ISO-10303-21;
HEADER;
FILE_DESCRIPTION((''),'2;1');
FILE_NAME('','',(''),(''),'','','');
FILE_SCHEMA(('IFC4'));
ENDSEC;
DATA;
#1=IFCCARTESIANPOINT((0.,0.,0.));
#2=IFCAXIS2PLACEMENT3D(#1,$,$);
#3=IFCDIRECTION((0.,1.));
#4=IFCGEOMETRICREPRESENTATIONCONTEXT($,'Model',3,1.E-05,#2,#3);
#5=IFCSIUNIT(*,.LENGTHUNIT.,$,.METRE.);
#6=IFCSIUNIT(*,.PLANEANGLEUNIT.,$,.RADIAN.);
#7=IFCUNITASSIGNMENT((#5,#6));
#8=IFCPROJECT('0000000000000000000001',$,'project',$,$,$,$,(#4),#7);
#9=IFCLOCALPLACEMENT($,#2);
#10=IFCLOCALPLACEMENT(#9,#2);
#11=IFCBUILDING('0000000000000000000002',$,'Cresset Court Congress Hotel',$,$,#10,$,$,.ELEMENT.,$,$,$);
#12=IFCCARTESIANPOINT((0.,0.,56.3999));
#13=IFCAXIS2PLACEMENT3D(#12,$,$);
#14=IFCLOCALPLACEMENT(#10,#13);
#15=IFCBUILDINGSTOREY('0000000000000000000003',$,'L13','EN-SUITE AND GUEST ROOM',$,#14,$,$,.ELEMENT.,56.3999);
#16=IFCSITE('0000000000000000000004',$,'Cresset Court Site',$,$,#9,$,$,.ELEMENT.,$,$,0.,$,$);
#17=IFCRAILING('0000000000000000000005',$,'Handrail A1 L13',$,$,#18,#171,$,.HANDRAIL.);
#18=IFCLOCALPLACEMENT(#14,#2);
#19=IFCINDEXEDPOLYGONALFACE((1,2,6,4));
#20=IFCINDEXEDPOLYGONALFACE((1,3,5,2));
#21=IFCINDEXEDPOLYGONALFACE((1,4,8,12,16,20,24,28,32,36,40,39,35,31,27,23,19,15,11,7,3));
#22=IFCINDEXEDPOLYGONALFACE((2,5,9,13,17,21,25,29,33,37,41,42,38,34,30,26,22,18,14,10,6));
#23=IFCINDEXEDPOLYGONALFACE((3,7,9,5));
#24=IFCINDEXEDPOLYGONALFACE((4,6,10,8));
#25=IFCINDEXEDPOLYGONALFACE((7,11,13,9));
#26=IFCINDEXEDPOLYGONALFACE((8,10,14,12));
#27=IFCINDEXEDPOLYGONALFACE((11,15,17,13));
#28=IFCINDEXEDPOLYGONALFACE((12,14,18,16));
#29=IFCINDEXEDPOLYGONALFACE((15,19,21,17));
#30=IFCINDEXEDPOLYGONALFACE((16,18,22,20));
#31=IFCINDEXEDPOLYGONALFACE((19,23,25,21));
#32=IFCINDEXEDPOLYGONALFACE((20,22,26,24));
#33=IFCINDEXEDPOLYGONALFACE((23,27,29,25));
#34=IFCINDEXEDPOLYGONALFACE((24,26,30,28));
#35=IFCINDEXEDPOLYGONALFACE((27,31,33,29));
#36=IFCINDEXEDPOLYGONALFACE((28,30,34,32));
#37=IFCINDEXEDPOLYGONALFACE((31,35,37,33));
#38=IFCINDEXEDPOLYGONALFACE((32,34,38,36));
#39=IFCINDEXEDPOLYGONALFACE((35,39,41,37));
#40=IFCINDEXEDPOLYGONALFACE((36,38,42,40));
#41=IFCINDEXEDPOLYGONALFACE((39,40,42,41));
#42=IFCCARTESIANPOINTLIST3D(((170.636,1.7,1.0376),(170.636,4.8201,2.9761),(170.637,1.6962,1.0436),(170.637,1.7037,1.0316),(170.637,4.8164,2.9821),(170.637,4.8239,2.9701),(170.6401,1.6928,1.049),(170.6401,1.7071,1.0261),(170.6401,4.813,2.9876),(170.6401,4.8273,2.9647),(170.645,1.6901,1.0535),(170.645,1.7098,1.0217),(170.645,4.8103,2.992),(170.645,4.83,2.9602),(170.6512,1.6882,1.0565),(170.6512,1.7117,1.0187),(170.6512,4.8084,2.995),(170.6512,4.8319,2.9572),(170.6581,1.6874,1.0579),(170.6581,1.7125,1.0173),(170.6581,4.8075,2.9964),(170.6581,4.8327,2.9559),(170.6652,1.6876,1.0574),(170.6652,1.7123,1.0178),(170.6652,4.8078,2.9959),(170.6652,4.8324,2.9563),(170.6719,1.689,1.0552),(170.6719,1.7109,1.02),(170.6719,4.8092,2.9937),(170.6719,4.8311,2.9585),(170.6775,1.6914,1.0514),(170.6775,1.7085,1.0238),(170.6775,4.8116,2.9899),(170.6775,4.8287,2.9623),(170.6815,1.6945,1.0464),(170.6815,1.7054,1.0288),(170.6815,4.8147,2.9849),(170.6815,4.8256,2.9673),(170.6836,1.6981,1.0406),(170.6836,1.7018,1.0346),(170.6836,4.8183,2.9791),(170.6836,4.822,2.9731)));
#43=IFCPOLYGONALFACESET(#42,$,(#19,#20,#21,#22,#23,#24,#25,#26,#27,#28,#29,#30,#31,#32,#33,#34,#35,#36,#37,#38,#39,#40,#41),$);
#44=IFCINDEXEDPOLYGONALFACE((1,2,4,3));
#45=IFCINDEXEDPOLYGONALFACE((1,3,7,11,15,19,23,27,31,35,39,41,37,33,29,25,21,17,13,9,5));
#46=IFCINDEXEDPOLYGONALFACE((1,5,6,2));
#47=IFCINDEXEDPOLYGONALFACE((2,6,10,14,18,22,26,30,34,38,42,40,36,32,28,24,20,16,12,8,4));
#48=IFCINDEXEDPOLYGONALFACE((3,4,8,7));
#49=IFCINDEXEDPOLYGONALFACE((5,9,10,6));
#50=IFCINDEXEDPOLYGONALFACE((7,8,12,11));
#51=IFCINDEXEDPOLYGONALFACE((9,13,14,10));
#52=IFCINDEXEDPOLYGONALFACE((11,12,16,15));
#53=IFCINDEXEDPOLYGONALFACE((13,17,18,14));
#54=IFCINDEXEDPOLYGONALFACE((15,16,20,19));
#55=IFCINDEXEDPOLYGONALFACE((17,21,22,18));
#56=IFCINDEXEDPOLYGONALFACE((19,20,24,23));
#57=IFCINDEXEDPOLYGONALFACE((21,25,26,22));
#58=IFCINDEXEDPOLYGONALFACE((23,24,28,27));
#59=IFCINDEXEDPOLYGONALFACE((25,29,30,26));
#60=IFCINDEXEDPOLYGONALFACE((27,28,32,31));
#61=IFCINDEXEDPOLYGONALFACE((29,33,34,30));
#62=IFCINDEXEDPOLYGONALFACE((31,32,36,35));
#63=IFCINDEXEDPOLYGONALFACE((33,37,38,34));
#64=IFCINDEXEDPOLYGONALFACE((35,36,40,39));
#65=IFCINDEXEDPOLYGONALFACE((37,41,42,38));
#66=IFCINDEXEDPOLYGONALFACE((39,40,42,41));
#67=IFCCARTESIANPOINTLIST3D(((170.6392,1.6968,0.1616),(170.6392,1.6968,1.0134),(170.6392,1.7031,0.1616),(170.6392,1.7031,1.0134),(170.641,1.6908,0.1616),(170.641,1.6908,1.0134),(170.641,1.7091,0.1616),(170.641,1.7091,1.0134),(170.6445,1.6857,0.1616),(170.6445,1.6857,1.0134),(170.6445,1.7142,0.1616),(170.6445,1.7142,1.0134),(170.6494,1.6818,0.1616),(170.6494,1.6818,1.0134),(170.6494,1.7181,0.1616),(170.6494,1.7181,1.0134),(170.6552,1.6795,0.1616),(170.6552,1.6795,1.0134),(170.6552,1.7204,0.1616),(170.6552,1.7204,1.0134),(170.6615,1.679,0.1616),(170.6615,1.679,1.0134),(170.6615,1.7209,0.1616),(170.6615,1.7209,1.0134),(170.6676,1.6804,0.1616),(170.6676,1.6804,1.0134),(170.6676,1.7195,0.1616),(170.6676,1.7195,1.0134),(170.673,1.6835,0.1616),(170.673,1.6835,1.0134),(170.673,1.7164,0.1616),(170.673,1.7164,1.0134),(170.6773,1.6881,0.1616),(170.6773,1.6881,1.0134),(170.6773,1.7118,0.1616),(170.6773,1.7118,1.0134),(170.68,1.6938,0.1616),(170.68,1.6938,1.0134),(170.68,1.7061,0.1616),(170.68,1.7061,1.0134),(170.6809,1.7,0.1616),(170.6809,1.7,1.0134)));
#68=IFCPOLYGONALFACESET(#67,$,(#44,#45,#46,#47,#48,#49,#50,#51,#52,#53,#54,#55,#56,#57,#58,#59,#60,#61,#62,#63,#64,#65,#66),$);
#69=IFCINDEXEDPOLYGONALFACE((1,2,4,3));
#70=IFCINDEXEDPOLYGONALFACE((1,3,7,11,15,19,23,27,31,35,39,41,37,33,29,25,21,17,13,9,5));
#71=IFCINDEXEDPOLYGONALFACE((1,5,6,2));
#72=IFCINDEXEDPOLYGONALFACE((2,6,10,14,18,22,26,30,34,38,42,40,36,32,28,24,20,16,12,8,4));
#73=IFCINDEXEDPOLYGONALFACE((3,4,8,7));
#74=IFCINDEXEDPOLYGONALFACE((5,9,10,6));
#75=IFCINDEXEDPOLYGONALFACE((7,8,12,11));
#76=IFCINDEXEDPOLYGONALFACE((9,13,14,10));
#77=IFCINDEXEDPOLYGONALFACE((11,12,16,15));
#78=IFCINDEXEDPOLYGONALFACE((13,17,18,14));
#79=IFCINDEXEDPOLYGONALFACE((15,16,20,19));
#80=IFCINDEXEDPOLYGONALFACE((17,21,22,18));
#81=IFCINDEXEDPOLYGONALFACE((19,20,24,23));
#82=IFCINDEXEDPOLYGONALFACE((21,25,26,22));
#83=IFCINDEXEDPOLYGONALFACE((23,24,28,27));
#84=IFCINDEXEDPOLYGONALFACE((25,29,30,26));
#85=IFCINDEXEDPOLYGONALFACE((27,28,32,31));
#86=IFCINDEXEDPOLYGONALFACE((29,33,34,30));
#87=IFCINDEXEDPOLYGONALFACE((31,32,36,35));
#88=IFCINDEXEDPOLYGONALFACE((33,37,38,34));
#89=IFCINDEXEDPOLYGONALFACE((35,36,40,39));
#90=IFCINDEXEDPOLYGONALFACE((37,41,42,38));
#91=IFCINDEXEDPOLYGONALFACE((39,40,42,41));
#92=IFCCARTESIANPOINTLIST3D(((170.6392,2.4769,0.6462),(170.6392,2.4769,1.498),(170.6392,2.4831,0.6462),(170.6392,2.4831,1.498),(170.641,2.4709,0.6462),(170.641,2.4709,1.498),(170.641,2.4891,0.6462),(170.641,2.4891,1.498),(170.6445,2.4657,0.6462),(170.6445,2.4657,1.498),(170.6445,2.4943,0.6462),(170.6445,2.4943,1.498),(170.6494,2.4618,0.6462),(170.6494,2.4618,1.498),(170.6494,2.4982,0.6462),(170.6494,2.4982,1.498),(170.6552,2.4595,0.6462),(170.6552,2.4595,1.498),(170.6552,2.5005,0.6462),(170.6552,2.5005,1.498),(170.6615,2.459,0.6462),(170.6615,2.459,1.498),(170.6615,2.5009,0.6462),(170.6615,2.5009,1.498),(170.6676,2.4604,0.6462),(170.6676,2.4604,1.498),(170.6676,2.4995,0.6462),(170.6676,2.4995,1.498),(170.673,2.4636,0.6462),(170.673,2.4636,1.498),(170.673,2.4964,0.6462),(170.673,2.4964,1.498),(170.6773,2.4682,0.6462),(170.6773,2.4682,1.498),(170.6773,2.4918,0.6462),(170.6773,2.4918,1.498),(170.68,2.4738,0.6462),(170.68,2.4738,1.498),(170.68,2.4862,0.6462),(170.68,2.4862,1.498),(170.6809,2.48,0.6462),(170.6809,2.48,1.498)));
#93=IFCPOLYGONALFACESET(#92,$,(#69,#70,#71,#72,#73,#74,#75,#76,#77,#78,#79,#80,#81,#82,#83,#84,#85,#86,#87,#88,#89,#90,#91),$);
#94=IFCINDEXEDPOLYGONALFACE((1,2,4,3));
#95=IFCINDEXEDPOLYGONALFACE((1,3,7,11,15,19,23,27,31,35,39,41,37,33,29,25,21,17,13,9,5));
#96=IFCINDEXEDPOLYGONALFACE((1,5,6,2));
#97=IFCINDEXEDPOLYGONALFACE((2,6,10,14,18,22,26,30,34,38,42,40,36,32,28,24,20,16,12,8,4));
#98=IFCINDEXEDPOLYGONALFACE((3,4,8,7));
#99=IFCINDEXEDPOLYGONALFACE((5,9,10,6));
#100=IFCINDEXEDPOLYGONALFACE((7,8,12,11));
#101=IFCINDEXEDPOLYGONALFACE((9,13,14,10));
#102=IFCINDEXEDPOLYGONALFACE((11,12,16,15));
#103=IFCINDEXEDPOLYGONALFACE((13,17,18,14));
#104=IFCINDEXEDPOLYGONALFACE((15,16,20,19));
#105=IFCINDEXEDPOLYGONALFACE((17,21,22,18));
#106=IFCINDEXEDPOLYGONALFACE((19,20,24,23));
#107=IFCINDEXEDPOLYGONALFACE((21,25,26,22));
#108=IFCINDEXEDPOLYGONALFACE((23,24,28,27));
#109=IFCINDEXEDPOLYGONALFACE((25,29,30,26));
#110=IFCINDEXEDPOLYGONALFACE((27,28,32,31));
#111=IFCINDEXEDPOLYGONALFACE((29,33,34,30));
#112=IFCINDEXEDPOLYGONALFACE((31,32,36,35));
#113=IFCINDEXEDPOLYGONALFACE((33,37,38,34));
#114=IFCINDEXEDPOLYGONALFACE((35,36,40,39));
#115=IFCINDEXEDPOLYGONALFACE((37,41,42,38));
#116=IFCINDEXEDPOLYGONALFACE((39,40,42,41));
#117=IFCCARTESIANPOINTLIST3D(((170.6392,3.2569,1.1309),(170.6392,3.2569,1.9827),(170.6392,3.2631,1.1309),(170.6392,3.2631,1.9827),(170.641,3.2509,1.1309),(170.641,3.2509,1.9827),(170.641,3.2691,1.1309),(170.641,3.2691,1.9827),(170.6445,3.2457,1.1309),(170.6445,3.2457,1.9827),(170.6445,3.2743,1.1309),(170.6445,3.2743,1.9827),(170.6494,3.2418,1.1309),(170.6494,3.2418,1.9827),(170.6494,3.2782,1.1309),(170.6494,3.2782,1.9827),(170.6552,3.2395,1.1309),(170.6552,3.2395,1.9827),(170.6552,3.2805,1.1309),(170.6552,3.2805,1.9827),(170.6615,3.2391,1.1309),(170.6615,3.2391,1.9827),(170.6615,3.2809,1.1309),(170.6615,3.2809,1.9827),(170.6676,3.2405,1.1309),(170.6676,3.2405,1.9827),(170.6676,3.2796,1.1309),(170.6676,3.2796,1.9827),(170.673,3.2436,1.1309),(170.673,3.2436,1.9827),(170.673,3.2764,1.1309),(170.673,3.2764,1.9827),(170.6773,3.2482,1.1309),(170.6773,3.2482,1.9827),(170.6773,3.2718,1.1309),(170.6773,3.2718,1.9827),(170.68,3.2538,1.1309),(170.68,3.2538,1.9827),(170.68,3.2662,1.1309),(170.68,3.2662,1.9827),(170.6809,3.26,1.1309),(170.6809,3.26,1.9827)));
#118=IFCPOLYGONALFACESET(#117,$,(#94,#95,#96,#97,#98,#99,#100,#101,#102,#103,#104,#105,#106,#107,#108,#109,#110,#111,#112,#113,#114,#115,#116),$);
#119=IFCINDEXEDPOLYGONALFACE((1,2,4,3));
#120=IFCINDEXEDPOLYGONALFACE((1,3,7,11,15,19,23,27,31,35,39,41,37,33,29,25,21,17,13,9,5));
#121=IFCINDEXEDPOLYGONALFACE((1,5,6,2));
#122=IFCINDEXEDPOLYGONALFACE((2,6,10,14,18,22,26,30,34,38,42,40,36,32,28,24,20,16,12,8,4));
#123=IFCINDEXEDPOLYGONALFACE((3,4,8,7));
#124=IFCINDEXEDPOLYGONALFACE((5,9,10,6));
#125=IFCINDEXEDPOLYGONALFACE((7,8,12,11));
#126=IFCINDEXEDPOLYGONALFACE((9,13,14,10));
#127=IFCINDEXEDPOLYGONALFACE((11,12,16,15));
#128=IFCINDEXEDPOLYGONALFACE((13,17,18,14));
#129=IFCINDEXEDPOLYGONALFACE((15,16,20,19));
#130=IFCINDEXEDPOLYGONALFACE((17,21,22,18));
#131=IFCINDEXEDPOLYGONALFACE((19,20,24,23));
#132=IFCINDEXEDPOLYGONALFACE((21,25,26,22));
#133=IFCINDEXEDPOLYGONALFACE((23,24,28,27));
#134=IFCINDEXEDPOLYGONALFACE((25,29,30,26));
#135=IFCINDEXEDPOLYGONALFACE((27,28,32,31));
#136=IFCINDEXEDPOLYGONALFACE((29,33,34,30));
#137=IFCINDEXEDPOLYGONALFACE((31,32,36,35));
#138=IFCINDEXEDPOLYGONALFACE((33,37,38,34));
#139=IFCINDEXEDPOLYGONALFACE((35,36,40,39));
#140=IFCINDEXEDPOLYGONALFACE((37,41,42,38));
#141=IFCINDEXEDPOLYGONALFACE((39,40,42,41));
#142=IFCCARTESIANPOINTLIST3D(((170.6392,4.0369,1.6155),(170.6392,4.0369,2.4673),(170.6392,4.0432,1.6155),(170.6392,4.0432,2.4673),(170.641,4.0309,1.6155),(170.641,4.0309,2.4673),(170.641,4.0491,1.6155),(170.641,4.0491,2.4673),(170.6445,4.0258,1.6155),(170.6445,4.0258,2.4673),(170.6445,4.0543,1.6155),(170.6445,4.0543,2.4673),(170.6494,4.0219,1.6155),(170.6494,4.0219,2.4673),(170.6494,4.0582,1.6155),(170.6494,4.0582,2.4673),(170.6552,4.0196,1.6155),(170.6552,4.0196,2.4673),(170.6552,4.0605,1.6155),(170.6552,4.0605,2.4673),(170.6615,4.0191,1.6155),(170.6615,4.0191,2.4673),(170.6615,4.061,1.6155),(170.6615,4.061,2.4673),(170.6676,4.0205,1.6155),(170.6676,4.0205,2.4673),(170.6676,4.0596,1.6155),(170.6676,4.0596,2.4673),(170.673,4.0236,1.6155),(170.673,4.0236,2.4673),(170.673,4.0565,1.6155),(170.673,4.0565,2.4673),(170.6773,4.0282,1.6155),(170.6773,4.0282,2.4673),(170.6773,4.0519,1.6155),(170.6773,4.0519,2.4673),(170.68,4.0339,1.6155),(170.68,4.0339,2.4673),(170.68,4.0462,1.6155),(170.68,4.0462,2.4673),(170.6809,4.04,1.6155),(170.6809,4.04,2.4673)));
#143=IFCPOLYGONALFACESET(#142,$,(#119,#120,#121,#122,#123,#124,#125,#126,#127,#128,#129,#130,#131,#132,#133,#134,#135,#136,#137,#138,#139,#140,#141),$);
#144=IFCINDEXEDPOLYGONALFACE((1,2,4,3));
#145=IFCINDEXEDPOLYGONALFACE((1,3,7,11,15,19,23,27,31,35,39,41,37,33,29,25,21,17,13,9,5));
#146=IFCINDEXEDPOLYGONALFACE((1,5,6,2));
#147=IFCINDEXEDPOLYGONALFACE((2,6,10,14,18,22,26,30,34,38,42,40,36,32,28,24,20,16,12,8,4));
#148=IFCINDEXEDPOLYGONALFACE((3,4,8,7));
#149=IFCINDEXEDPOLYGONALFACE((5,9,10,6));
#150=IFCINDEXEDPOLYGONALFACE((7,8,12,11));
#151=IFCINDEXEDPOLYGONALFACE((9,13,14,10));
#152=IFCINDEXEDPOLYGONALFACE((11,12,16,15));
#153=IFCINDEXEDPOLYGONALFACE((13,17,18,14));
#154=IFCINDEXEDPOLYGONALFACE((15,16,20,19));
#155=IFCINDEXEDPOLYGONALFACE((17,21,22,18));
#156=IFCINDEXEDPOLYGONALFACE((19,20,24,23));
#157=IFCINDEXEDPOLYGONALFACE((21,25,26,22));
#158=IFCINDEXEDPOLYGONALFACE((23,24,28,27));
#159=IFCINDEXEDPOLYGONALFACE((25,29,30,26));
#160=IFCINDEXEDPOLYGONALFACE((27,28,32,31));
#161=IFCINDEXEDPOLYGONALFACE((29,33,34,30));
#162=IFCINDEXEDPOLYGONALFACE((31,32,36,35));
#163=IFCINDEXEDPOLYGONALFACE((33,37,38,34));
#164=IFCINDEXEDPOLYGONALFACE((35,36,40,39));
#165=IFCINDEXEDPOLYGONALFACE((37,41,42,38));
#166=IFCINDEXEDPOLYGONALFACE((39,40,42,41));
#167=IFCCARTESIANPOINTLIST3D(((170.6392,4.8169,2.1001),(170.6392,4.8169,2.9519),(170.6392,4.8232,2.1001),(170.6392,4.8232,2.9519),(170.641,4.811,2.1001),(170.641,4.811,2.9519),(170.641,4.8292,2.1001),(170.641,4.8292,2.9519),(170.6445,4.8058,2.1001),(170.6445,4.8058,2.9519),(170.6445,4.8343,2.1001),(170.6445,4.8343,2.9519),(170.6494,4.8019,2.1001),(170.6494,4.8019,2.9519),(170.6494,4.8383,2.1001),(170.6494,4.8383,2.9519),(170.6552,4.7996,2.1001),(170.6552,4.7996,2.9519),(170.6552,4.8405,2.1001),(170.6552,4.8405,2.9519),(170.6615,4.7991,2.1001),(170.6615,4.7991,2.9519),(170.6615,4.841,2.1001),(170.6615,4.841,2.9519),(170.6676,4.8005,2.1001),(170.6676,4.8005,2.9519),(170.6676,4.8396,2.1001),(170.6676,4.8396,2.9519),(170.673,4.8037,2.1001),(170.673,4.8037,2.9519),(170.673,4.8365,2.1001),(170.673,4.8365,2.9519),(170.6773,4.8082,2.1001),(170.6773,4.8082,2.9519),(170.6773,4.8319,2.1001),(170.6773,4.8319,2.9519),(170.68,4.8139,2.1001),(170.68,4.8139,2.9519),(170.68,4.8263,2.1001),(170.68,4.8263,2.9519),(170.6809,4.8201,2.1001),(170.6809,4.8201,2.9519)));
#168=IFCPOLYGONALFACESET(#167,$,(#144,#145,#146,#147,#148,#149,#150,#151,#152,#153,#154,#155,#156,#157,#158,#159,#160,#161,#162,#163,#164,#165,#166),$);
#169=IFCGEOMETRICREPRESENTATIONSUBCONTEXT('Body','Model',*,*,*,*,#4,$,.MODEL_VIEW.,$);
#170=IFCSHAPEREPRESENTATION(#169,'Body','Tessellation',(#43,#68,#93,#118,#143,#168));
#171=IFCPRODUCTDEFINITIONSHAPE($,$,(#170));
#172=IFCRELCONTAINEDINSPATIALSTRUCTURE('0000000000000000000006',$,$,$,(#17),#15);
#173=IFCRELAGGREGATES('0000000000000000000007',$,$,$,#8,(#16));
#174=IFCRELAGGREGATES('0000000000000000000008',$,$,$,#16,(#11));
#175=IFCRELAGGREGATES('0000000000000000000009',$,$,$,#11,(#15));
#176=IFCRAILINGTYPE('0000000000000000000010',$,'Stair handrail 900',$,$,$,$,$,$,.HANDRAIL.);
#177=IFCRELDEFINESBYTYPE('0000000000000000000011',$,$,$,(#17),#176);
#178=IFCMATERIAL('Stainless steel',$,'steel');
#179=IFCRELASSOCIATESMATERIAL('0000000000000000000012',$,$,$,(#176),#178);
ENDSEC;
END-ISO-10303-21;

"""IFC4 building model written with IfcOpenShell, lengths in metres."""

from ifc_helpers import new_model, si_unit, direction, frame, origin, origin_2d, place, context, subcontext, project, spatial, circle, extrude, material, type_object, element, save


model = new_model("IFC4")

# Units and contexts
model_context = context("Model", 3, precision=1e-05, world=origin(), true_north=direction((0.0, 1.0)))
body_context = subcontext(model_context, "Body", "Model", "MODEL_VIEW")
ifc_project = project(units=[si_unit("LENGTHUNIT", "METRE"), si_unit("PLANEANGLEUNIT", "RADIAN")], contexts=[model_context])

# Site, building, storey
site_placement = place(None, origin())
site = spatial("IfcSite", under=ifc_project, at=site_placement, Name="Cresset Court Site", CompositionType="ELEMENT", RefElevation=0.0)
building_placement = place(site_placement, origin())
building = spatial("IfcBuilding", under=site, at=building_placement, Name="Cresset Court Congress Hotel", CompositionType="ELEMENT")
storey_placement = place(building_placement, frame((0.0, 0.0, 56.3999)))
storey = spatial("IfcBuildingStorey", under=building, at=storey_placement, Name="L13", Description="EN-SUITE AND GUEST ROOM", CompositionType="ELEMENT", Elevation=56.3999)

# Railing
ifc_material_1 = material(Name="Stainless steel", Category="steel")
railing_type_1 = type_object("IfcRailingType", Name="Stair handrail 900", PredefinedType="HANDRAIL", material=ifc_material_1)
for number, where, name in (
    (1, (170.6599, 1.7, 0.1616), "Handrail A1 L13"),
):
    element("IfcRailing", number, at=place(storey_placement, frame(where)), inside=storey, type_object=railing_type_1, Name=name, PredefinedType="HANDRAIL", context=body_context, shape_type="SweptSolid", body=[
        extrude(circle(Radius=0.0239, at=origin_2d()), frame((0.0, 0.0, 0.876), z_axis=(0.0, 0.849414, 0.527727), x_axis=(-1.0, 0.0, 0.0)), (0.0, 0.0, 1.0), 3.6733),
        extrude(circle(Radius=0.021, at=origin_2d()), origin(), (0.0, 0.0, 1.0), 0.8518),
        extrude(circle(Radius=0.021, at=origin_2d()), frame((0.0, 0.78, 0.4846)), (0.0, 0.0, 1.0), 0.8518),
        extrude(circle(Radius=0.021, at=origin_2d()), frame((0.0, 1.5601, 0.9692)), (0.0, 0.0, 1.0), 0.8518),
        extrude(circle(Radius=0.021, at=origin_2d()), frame((0.0, 2.3401, 1.4539)), (0.0, 0.0, 1.0), 0.8518),
        extrude(circle(Radius=0.021, at=origin_2d()), frame((0.0, 3.1201, 1.9385)), (0.0, 0.0, 1.0), 0.8518),
    ])

save(model, "model.ifc")
